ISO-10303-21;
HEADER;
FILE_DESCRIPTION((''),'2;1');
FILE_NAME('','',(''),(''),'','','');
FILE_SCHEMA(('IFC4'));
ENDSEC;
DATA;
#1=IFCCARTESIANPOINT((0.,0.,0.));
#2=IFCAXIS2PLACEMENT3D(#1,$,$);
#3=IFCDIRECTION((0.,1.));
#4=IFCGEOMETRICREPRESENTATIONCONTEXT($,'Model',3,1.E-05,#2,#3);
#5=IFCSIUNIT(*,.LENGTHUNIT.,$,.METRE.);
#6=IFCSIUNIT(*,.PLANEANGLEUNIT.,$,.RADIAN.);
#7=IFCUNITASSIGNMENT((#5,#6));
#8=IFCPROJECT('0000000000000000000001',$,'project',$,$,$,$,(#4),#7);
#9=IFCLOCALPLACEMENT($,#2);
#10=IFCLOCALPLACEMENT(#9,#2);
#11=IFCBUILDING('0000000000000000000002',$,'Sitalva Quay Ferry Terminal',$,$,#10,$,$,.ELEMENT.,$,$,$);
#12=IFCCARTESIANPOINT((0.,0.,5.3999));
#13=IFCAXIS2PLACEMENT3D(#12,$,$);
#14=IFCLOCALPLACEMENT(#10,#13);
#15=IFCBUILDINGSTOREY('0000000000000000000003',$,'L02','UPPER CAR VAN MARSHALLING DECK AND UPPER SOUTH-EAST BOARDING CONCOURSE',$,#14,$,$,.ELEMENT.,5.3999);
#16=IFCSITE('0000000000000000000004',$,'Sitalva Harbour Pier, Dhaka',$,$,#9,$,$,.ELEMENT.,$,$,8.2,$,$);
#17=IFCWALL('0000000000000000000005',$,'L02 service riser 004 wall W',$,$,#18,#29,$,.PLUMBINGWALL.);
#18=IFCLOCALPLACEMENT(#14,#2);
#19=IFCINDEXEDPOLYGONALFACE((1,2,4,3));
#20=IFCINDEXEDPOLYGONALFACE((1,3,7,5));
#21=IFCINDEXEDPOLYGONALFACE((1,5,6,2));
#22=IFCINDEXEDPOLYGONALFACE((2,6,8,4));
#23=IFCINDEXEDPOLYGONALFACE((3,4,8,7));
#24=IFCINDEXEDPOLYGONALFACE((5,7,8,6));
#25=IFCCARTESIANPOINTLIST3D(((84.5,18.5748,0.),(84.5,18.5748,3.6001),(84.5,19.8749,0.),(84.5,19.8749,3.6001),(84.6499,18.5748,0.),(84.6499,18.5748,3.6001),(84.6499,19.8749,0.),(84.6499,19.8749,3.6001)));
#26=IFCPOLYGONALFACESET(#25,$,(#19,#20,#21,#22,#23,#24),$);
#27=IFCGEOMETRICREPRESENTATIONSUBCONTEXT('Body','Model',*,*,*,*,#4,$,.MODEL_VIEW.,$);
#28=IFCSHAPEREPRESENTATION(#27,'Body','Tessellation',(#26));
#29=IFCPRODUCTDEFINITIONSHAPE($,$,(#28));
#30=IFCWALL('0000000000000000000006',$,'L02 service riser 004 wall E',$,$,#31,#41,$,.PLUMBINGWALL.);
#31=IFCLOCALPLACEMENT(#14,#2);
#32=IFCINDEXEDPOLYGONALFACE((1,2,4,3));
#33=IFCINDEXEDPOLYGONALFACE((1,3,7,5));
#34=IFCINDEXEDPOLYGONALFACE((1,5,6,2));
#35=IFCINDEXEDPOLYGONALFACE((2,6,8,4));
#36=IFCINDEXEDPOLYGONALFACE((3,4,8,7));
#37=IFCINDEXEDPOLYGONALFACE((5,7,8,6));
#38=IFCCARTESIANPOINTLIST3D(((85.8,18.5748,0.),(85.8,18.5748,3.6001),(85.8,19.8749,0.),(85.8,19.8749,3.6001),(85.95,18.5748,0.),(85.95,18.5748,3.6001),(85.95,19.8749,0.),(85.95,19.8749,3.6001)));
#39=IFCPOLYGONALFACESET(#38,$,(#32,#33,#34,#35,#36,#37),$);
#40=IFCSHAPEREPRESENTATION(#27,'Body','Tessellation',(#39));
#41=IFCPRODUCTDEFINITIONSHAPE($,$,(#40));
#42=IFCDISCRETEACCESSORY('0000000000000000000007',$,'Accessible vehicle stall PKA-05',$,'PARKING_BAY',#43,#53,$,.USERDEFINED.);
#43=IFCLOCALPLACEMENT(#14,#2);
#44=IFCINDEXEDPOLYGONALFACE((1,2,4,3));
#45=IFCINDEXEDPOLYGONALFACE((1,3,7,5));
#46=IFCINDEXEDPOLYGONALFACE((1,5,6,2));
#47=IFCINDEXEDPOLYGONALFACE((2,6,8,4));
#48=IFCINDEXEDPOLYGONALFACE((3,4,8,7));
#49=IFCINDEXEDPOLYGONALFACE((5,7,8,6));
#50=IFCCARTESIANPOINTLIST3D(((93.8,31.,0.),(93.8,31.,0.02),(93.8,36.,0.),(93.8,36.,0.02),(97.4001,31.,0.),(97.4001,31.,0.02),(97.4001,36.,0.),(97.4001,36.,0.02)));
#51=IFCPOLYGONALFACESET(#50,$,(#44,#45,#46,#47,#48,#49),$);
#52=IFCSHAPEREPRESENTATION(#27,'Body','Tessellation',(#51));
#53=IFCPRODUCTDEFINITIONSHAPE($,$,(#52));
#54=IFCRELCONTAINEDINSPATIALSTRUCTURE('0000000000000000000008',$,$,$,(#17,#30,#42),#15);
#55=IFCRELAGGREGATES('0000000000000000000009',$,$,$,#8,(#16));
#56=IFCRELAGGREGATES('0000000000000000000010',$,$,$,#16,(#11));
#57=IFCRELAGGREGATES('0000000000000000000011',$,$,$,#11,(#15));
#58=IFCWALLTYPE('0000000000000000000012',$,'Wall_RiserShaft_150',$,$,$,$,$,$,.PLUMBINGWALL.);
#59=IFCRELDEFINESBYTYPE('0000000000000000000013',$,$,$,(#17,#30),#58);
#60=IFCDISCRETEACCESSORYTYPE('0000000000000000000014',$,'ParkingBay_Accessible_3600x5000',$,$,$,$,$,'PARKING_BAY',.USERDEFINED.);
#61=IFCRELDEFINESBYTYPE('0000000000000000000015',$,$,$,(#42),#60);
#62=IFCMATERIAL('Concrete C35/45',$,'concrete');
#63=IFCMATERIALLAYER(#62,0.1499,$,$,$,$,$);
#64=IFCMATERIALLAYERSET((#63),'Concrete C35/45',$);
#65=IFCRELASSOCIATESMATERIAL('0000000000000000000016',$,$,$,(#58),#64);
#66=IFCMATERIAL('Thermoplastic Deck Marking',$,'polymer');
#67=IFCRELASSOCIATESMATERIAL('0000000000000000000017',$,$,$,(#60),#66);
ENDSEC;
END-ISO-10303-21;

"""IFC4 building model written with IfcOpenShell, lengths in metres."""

from ifc_helpers import new_model, si_unit, direction, frame, frame_2d, origin, origin_2d, place, context, subcontext, project, spatial, rectangle, extrude, material, layer, layer_set, type_object, element, save


model = new_model("IFC4")

# Units and contexts
model_context = context("Model", 3, precision=1e-05, world=origin(), true_north=direction((0.0, 1.0)))
body_context = subcontext(model_context, "Body", "Model", "MODEL_VIEW")
ifc_project = project(units=[si_unit("LENGTHUNIT", "METRE"), si_unit("PLANEANGLEUNIT", "RADIAN")], contexts=[model_context])

# Site, building, storey
site_placement = place(None, origin())
site = spatial("IfcSite", under=ifc_project, at=site_placement, Name="Sitalva Harbour Pier, Dhaka", CompositionType="ELEMENT", RefElevation=8.2)
building_placement = place(site_placement, origin())
building = spatial("IfcBuilding", under=site, at=building_placement, Name="Sitalva Quay Ferry Terminal", CompositionType="ELEMENT")
storey_placement = place(building_placement, frame((0.0, 0.0, 5.3999)))
storey = spatial("IfcBuildingStorey", under=building, at=storey_placement, Name="L02", Description="UPPER CAR VAN MARSHALLING DECK AND UPPER SOUTH-EAST BOARDING CONCOURSE", CompositionType="ELEMENT", Elevation=5.3999)

# Walls
ifc_material_1 = material(Name="Concrete C35/45", Category="concrete")
ifc_layer_1 = layer(ifc_material_1, 0.1499)
ifc_layer_set_1 = layer_set([ifc_layer_1], Name="Concrete C35/45")
wall_type = type_object("IfcWallType", Name="Wall_RiserShaft_150", PredefinedType="PLUMBINGWALL", material=ifc_layer_set_1)
for number, where, z_axis, x_axis, name in (
    (1, (84.575, 18.575, 0.0), (0.0, 0.0, 1.0), (0.0, 1.0, 0.0), "L02 service riser 004 wall W"),
    (2, (85.875, 18.575, 0.0), (0.0, 0.0, 1.0), (0.0, 1.0, 0.0), "L02 service riser 004 wall E"),
):
    element("IfcWall", number, at=place(storey_placement, frame(where, z_axis=z_axis, x_axis=x_axis)), inside=storey, type_object=wall_type, Name=name, PredefinedType="PLUMBINGWALL", context=body_context, shape_type="SweptSolid", body=[
        extrude(rectangle(XDim=1.3, YDim=0.1499, at=frame_2d((0.6499, 0.0))), origin(), (0.0, 0.0, 1.0), 3.6001),
    ])

# Discrete accessory
ifc_material_2 = material(Name="Thermoplastic Deck Marking", Category="polymer")
discrete_accessory_type = type_object("IfcDiscreteAccessoryType", Name="ParkingBay_Accessible_3600x5000", ElementType="PARKING_BAY", PredefinedType="USERDEFINED", material=ifc_material_2)
discrete_accessory_placement = place(storey_placement, frame((95.6001, 33.5, 0.0), z_axis=(0.0, 0.0, 1.0), x_axis=(1.0, 0.0, 0.0)))
element("IfcDiscreteAccessory", 3, at=discrete_accessory_placement, inside=storey, type_object=discrete_accessory_type, Name="Accessible vehicle stall PKA-05", ObjectType="PARKING_BAY", PredefinedType="USERDEFINED", context=body_context, shape_type="SweptSolid", body=[
    extrude(rectangle(XDim=3.6001, YDim=5.0, at=origin_2d()), origin(), (0.0, 0.0, 1.0), 0.02),
])

save(model, "model.ifc")
